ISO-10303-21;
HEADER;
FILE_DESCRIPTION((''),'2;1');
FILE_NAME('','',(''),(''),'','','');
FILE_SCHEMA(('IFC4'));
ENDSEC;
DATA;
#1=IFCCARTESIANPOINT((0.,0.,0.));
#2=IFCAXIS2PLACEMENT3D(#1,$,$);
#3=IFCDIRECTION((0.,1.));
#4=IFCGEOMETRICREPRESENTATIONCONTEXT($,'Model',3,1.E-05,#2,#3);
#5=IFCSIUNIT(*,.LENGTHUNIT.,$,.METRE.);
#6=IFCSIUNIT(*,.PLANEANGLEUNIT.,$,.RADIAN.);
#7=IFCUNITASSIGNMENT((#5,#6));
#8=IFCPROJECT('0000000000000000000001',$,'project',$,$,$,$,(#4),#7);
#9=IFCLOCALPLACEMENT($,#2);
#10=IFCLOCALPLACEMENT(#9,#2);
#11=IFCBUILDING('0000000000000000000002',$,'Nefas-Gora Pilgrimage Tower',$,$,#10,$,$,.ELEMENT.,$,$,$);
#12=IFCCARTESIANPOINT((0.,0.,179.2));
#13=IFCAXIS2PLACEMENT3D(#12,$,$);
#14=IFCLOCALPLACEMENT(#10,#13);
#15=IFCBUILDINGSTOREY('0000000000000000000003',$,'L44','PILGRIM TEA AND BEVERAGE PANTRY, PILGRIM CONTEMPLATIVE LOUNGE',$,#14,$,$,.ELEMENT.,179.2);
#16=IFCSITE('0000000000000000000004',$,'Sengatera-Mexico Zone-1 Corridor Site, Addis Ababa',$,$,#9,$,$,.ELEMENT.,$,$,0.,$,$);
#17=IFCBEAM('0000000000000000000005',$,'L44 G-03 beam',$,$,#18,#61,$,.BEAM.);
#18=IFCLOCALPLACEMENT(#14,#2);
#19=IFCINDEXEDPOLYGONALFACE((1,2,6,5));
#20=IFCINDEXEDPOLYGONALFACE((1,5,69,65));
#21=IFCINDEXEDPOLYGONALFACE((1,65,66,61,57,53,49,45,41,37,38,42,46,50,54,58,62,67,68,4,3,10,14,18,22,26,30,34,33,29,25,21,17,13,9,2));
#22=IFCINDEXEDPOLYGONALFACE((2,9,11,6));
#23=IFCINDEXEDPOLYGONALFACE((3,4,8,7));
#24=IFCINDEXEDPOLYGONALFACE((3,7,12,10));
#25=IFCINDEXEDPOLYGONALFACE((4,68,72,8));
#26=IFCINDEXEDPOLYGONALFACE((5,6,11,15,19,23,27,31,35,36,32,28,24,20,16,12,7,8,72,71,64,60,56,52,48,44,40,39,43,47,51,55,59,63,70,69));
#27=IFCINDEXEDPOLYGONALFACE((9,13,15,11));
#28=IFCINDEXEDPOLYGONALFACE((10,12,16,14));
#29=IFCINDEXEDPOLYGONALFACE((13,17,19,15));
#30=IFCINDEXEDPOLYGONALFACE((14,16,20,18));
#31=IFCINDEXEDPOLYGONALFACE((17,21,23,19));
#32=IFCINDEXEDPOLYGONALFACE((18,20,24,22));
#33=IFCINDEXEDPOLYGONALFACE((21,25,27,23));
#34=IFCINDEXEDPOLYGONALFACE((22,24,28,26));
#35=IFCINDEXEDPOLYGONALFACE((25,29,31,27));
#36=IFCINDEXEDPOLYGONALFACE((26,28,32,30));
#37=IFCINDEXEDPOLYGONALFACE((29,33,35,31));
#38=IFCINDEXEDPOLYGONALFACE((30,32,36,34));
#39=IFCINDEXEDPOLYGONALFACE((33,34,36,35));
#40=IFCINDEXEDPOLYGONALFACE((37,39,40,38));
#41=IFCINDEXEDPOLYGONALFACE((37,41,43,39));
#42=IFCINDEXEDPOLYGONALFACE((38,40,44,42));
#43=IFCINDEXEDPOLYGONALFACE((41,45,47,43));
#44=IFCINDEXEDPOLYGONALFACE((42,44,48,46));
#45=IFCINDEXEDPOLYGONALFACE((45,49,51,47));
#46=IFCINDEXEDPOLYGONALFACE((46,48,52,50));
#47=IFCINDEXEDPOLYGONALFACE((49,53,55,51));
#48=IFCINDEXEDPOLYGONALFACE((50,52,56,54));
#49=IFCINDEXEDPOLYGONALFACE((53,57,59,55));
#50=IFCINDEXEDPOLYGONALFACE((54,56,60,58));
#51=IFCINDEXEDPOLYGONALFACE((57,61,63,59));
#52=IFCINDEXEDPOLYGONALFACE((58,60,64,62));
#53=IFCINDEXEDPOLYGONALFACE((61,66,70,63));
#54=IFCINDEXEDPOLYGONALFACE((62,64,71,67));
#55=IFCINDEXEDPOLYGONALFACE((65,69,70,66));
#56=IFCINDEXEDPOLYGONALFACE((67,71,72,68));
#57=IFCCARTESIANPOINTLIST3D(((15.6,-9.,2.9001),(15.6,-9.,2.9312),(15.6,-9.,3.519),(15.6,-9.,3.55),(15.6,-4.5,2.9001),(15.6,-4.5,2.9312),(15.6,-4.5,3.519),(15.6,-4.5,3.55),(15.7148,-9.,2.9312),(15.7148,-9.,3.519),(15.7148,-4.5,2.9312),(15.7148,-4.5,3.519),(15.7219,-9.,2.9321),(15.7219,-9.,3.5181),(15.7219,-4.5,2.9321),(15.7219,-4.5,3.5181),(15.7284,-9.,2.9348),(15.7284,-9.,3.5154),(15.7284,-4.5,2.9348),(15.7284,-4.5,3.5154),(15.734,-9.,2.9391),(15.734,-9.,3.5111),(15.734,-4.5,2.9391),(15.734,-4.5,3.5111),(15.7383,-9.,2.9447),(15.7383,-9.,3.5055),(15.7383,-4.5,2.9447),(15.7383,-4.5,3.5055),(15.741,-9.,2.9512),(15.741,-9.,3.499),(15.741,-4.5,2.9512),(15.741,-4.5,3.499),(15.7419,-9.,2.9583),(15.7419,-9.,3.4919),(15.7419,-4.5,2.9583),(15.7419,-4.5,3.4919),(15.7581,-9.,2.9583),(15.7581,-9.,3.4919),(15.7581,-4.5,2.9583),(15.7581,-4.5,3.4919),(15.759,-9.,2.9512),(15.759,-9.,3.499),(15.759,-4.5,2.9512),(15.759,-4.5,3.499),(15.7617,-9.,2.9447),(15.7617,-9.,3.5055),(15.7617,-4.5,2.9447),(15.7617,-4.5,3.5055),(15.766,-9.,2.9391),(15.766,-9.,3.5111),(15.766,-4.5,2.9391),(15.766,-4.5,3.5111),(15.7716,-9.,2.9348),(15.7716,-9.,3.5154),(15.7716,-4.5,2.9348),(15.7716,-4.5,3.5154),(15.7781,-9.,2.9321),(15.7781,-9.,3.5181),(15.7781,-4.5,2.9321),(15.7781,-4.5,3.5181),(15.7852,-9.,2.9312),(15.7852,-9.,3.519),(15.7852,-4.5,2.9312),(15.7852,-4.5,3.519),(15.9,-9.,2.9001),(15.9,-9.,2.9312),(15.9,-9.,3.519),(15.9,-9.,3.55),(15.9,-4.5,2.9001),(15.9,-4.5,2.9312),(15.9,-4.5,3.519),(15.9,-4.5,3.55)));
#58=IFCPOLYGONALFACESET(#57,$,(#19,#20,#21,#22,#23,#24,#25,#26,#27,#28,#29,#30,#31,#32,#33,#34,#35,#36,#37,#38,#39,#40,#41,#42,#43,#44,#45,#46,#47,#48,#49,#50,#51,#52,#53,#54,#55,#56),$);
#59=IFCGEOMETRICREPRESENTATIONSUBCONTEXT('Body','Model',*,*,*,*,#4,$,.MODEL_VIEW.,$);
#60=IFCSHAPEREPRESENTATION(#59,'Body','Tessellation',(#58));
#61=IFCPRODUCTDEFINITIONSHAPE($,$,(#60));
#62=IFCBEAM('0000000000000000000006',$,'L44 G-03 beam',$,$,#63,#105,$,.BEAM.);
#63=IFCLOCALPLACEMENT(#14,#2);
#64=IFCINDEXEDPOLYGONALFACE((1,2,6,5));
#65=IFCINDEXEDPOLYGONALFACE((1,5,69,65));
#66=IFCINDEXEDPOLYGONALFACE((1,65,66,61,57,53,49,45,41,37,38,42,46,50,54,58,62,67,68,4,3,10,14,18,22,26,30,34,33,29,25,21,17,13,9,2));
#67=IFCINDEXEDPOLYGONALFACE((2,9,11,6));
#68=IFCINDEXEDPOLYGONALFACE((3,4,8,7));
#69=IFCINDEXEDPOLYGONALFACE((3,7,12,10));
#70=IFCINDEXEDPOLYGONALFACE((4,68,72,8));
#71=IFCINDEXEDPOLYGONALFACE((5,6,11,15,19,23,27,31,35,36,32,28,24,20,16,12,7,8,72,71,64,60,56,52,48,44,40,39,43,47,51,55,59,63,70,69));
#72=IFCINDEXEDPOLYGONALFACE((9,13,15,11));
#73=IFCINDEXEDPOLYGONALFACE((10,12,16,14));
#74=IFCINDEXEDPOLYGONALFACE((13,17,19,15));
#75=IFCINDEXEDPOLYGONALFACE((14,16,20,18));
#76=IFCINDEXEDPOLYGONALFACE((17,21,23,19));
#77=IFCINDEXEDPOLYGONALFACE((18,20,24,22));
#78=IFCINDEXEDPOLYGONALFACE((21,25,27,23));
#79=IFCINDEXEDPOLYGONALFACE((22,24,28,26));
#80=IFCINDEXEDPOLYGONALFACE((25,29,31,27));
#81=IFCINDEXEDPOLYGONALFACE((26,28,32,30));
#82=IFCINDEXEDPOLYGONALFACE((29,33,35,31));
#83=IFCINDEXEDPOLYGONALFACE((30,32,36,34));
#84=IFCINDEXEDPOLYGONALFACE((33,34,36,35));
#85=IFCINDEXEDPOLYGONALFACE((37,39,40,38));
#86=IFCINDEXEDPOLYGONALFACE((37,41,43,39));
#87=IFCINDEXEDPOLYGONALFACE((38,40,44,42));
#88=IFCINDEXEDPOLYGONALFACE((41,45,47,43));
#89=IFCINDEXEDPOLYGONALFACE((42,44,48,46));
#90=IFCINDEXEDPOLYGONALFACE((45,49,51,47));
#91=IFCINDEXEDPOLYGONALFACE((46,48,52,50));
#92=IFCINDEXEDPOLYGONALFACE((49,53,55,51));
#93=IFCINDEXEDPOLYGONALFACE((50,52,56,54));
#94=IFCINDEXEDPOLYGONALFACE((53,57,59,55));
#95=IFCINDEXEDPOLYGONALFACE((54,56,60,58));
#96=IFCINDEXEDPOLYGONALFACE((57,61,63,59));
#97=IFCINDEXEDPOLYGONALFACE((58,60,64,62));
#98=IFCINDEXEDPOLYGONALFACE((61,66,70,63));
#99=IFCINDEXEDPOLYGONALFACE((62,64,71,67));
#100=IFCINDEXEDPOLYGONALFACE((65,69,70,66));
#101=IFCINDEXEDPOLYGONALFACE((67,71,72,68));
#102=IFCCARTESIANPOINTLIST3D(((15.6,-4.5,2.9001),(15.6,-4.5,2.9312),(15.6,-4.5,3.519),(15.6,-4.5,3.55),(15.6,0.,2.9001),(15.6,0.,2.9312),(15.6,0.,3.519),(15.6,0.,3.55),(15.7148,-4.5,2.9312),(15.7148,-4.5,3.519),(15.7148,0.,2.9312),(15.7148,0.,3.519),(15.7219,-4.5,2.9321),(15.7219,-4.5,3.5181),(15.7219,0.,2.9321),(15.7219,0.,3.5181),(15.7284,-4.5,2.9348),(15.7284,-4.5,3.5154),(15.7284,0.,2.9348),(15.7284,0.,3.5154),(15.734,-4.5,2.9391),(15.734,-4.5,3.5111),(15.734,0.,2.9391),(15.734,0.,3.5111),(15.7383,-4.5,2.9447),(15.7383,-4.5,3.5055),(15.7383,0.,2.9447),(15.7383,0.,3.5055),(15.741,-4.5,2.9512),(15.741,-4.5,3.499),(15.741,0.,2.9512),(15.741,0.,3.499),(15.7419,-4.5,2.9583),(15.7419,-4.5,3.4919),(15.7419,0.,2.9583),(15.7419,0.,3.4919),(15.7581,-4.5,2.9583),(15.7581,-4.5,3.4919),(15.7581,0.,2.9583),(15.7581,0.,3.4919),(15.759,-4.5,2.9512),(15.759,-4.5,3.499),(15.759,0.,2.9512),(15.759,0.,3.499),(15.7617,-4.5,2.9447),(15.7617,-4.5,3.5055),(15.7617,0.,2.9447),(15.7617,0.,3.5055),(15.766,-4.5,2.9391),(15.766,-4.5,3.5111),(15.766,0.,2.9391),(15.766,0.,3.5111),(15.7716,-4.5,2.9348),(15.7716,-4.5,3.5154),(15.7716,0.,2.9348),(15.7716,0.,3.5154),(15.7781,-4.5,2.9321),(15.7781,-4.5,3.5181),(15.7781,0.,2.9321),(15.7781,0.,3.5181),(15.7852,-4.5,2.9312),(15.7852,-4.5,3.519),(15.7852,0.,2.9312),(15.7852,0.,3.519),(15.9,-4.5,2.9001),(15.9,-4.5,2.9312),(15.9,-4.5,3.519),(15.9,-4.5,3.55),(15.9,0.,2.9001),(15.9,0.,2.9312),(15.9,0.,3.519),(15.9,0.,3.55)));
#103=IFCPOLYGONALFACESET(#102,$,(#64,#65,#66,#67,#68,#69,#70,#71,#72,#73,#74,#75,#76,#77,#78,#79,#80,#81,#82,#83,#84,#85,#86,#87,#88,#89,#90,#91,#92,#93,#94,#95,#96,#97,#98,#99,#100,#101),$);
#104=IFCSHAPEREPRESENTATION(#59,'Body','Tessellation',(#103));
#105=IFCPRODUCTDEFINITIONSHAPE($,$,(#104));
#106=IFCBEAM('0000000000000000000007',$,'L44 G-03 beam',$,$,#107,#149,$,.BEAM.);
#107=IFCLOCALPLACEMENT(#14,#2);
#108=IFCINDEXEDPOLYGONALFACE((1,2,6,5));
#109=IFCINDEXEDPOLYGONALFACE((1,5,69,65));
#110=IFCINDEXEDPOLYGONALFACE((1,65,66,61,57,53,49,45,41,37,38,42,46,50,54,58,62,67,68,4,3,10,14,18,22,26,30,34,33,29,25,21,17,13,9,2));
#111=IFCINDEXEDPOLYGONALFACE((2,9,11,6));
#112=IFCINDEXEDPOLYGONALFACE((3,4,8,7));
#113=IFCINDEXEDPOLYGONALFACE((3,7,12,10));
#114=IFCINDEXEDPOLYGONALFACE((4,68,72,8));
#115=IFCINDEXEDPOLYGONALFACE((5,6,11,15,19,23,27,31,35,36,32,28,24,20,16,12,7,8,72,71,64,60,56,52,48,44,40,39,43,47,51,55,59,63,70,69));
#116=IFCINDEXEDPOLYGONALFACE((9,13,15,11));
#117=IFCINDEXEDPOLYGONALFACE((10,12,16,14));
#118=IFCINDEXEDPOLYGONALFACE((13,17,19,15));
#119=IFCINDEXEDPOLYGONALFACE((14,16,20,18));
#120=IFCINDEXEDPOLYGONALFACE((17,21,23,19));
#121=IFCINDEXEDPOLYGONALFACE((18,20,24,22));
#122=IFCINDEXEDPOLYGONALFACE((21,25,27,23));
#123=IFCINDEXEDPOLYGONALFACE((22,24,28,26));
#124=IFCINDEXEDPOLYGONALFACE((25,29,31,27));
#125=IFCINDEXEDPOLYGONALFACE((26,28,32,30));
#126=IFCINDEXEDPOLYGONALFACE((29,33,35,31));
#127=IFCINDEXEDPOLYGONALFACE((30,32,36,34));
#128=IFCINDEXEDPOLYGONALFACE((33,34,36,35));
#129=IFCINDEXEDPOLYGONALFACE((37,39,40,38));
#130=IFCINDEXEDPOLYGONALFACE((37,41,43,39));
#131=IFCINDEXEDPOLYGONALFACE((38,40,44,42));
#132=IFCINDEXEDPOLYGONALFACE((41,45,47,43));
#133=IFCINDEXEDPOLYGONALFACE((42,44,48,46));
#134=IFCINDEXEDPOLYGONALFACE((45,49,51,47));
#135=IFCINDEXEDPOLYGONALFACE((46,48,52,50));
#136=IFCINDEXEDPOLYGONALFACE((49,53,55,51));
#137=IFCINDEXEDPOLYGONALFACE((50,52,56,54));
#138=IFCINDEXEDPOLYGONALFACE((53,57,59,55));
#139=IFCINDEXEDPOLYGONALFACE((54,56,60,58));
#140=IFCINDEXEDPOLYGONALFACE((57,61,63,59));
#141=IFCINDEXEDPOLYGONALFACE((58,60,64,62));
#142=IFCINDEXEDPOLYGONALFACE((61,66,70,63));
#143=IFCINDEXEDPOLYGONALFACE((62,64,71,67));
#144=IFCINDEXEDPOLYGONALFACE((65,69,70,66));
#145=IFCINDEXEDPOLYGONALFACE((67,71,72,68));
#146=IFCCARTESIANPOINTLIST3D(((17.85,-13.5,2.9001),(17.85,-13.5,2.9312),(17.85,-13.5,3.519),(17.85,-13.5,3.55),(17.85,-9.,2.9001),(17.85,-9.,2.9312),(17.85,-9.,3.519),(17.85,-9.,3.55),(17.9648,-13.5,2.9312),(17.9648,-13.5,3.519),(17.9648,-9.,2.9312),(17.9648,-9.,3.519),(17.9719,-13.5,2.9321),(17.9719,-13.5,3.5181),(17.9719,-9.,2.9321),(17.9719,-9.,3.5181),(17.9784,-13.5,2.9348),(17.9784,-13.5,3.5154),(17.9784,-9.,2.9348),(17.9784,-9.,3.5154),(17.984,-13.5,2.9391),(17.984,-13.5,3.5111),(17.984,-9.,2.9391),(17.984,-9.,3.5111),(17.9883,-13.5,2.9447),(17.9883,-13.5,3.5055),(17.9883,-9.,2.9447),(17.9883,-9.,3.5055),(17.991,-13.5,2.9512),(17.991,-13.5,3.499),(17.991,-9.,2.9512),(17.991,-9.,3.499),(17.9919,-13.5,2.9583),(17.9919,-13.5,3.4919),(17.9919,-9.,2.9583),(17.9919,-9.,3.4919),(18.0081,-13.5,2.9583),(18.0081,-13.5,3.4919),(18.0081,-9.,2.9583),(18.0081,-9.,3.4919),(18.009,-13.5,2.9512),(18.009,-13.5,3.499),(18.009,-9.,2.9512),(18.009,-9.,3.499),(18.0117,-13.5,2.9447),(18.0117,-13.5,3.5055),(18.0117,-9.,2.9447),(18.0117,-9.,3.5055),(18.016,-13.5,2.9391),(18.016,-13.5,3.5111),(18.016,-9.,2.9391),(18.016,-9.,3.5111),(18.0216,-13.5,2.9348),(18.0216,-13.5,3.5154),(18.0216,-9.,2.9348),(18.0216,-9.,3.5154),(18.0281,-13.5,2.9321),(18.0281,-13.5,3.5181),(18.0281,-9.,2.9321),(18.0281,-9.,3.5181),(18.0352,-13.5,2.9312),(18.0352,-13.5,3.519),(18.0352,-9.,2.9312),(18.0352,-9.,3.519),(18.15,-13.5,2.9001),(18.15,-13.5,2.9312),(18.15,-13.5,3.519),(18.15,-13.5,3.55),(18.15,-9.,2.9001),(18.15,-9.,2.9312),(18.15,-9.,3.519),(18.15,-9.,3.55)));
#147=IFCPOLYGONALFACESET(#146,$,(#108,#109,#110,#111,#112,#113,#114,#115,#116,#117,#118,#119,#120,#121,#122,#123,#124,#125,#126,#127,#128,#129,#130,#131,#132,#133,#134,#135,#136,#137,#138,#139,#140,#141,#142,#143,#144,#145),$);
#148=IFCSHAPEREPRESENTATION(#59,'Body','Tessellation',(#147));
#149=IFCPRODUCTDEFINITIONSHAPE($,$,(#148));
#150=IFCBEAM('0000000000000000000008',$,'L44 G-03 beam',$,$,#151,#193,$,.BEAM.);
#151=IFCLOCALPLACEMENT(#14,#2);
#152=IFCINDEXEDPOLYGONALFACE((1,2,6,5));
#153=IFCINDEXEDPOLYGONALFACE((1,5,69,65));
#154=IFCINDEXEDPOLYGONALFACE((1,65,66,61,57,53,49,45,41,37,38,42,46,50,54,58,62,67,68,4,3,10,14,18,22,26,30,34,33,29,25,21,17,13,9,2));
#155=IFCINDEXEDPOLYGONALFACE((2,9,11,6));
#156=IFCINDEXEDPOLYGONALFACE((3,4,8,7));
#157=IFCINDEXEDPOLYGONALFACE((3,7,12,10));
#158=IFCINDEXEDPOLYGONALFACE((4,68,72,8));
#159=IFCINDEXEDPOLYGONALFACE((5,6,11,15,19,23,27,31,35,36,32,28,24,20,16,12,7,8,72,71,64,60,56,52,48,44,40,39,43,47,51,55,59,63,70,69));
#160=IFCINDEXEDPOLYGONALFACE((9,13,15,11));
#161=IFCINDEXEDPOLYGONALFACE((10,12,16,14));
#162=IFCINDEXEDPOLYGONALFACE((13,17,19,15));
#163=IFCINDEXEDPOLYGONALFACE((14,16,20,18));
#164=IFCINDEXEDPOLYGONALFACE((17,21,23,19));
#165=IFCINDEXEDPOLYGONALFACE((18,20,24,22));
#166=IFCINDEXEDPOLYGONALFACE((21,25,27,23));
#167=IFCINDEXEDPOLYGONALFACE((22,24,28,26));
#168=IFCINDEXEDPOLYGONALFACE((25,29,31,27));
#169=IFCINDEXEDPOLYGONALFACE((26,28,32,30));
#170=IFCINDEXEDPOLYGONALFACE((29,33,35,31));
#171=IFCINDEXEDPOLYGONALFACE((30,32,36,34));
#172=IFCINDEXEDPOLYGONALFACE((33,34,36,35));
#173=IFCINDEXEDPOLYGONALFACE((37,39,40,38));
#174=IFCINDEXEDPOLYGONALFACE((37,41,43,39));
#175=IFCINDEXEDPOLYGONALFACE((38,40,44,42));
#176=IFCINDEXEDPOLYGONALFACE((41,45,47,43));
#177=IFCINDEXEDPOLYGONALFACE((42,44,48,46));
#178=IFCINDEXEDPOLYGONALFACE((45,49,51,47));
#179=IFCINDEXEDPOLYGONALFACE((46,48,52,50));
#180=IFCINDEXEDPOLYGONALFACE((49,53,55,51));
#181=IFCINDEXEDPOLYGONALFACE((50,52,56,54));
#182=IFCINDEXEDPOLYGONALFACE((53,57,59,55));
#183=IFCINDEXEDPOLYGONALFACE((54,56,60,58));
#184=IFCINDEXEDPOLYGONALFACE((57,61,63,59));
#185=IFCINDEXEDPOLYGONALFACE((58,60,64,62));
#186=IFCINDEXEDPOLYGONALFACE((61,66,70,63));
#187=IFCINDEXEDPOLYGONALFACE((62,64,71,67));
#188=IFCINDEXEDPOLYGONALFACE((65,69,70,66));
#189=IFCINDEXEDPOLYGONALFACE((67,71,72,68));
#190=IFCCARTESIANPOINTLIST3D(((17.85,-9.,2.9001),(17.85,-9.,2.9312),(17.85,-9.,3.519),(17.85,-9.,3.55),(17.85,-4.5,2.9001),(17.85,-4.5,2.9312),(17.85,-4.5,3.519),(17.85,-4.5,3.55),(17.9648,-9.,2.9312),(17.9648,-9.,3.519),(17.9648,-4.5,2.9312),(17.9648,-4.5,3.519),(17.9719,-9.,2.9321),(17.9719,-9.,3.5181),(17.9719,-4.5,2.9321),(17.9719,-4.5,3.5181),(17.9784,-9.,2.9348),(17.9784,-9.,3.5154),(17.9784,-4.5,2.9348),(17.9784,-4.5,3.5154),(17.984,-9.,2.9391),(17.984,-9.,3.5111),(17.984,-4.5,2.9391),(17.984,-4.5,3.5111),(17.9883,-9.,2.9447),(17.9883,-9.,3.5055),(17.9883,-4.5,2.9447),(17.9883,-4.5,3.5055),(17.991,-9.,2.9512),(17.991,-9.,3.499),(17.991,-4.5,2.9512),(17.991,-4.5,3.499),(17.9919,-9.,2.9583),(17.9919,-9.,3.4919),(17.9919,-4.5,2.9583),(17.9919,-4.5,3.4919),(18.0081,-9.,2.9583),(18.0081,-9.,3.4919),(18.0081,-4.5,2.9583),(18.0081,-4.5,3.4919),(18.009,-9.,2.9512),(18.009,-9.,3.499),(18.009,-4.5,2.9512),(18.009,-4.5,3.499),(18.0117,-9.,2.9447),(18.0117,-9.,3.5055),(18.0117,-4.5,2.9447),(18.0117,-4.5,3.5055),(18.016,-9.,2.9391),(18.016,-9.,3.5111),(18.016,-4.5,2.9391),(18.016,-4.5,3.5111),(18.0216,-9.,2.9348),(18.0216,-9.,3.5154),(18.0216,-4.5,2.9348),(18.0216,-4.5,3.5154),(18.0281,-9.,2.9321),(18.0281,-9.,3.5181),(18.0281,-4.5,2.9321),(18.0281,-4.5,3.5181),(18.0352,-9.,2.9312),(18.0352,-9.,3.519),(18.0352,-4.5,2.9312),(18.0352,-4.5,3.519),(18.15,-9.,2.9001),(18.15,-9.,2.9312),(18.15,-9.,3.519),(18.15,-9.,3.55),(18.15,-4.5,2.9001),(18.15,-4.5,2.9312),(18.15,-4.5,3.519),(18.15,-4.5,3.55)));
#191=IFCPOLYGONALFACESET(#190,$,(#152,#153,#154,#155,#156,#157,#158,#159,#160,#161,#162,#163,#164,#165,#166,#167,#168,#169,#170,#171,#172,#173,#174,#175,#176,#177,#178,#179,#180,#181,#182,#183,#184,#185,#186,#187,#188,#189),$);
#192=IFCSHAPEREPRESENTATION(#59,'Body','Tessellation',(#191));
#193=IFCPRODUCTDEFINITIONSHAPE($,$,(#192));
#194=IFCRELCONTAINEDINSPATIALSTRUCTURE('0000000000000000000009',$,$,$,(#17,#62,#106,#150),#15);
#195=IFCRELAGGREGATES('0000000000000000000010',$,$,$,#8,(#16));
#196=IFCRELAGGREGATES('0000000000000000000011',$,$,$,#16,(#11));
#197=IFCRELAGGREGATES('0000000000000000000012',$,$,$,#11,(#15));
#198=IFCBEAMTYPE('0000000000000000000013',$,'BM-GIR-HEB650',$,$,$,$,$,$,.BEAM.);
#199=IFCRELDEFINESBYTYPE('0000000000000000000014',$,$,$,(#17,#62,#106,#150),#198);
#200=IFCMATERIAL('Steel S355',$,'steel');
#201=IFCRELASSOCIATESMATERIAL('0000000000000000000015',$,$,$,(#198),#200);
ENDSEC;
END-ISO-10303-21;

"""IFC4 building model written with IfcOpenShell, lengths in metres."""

from ifc_helpers import new_model, si_unit, direction, frame, origin, origin_2d, place, context, subcontext, project, spatial, i_section, extrude, source, transform, mapped, material, material_profile, profile_set, type_object, element, save


model = new_model("IFC4")

# Units and contexts
model_context = context("Model", 3, precision=1e-05, world=origin(), true_north=direction((0.0, 1.0)))
body_context = subcontext(model_context, "Body", "Model", "MODEL_VIEW")
ifc_project = project(units=[si_unit("LENGTHUNIT", "METRE"), si_unit("PLANEANGLEUNIT", "RADIAN")], contexts=[model_context])

# Site, building, storey
site_placement = place(None, origin())
site = spatial("IfcSite", under=ifc_project, at=site_placement, Name="Sengatera-Mexico Zone-1 Corridor Site, Addis Ababa", CompositionType="ELEMENT", RefElevation=0.0)
building_placement = place(site_placement, origin())
building = spatial("IfcBuilding", under=site, at=building_placement, Name="Nefas-Gora Pilgrimage Tower", CompositionType="ELEMENT")
storey_placement = place(building_placement, frame((0.0, 0.0, 179.2)))
storey = spatial("IfcBuildingStorey", under=building, at=storey_placement, Name="L44", Description="PILGRIM TEA AND BEVERAGE PANTRY, PILGRIM CONTEMPLATIVE LOUNGE", CompositionType="ELEMENT", Elevation=179.2)

# Beams
ifc_material_1 = material(Name="Steel S355", Category="steel")
ifc_material_profile_1 = material_profile(ifc_material_1, i_section(OverallWidth=0.3, OverallDepth=0.6499, WebThickness=0.0161, FlangeThickness=0.031, FilletRadius=0.0271, at=origin_2d()), Name="HEB 650")
ifc_profile_set_1 = profile_set([ifc_material_profile_1], Name="Steel S355")
beam_type_1 = type_object("IfcBeamType", Name="BM-GIR-HEB650", PredefinedType="BEAM", material=ifc_profile_set_1)
shared_shape_1 = source(origin(), body_context, "Body", "SweptSolid", [
    extrude(i_section(OverallWidth=0.3, OverallDepth=0.6499, WebThickness=0.0161, FlangeThickness=0.031, FilletRadius=0.0271, at=origin_2d()), origin(), (0.0, 0.0, 1.0), 4.5),
])
for number, where, z_axis, x_axis, name in (
    (1, (15.75, -9.0, 3.2251), (0.0, 1.0, 0.0), (-1.0, 0.0, 0.0), "L44 G-03 beam"),
    (2, (15.75, -4.5, 3.2251), (0.0, 1.0, 0.0), (-1.0, 0.0, 0.0), "L44 G-03 beam"),
    (3, (18.0, -13.5, 3.2251), (0.0, 1.0, 0.0), (-1.0, 0.0, 0.0), "L44 G-03 beam"),
    (4, (18.0, -9.0, 3.2251), (0.0, 1.0, 0.0), (-1.0, 0.0, 0.0), "L44 G-03 beam"),
):
    element("IfcBeam", number, at=place(storey_placement, frame(where, z_axis=z_axis, x_axis=x_axis)), inside=storey, type_object=beam_type_1, Name=name, PredefinedType="BEAM", context=body_context, shape_type="MappedRepresentation", body=[
        mapped(shared_shape_1, transform((0.0, 0.0, 0.0), x_axis=(1.0, 0.0, 0.0), y_axis=(0.0, 1.0, 0.0), z_axis=(0.0, 0.0, 1.0), scale=1.0)),
    ])

save(model, "model.ifc")
